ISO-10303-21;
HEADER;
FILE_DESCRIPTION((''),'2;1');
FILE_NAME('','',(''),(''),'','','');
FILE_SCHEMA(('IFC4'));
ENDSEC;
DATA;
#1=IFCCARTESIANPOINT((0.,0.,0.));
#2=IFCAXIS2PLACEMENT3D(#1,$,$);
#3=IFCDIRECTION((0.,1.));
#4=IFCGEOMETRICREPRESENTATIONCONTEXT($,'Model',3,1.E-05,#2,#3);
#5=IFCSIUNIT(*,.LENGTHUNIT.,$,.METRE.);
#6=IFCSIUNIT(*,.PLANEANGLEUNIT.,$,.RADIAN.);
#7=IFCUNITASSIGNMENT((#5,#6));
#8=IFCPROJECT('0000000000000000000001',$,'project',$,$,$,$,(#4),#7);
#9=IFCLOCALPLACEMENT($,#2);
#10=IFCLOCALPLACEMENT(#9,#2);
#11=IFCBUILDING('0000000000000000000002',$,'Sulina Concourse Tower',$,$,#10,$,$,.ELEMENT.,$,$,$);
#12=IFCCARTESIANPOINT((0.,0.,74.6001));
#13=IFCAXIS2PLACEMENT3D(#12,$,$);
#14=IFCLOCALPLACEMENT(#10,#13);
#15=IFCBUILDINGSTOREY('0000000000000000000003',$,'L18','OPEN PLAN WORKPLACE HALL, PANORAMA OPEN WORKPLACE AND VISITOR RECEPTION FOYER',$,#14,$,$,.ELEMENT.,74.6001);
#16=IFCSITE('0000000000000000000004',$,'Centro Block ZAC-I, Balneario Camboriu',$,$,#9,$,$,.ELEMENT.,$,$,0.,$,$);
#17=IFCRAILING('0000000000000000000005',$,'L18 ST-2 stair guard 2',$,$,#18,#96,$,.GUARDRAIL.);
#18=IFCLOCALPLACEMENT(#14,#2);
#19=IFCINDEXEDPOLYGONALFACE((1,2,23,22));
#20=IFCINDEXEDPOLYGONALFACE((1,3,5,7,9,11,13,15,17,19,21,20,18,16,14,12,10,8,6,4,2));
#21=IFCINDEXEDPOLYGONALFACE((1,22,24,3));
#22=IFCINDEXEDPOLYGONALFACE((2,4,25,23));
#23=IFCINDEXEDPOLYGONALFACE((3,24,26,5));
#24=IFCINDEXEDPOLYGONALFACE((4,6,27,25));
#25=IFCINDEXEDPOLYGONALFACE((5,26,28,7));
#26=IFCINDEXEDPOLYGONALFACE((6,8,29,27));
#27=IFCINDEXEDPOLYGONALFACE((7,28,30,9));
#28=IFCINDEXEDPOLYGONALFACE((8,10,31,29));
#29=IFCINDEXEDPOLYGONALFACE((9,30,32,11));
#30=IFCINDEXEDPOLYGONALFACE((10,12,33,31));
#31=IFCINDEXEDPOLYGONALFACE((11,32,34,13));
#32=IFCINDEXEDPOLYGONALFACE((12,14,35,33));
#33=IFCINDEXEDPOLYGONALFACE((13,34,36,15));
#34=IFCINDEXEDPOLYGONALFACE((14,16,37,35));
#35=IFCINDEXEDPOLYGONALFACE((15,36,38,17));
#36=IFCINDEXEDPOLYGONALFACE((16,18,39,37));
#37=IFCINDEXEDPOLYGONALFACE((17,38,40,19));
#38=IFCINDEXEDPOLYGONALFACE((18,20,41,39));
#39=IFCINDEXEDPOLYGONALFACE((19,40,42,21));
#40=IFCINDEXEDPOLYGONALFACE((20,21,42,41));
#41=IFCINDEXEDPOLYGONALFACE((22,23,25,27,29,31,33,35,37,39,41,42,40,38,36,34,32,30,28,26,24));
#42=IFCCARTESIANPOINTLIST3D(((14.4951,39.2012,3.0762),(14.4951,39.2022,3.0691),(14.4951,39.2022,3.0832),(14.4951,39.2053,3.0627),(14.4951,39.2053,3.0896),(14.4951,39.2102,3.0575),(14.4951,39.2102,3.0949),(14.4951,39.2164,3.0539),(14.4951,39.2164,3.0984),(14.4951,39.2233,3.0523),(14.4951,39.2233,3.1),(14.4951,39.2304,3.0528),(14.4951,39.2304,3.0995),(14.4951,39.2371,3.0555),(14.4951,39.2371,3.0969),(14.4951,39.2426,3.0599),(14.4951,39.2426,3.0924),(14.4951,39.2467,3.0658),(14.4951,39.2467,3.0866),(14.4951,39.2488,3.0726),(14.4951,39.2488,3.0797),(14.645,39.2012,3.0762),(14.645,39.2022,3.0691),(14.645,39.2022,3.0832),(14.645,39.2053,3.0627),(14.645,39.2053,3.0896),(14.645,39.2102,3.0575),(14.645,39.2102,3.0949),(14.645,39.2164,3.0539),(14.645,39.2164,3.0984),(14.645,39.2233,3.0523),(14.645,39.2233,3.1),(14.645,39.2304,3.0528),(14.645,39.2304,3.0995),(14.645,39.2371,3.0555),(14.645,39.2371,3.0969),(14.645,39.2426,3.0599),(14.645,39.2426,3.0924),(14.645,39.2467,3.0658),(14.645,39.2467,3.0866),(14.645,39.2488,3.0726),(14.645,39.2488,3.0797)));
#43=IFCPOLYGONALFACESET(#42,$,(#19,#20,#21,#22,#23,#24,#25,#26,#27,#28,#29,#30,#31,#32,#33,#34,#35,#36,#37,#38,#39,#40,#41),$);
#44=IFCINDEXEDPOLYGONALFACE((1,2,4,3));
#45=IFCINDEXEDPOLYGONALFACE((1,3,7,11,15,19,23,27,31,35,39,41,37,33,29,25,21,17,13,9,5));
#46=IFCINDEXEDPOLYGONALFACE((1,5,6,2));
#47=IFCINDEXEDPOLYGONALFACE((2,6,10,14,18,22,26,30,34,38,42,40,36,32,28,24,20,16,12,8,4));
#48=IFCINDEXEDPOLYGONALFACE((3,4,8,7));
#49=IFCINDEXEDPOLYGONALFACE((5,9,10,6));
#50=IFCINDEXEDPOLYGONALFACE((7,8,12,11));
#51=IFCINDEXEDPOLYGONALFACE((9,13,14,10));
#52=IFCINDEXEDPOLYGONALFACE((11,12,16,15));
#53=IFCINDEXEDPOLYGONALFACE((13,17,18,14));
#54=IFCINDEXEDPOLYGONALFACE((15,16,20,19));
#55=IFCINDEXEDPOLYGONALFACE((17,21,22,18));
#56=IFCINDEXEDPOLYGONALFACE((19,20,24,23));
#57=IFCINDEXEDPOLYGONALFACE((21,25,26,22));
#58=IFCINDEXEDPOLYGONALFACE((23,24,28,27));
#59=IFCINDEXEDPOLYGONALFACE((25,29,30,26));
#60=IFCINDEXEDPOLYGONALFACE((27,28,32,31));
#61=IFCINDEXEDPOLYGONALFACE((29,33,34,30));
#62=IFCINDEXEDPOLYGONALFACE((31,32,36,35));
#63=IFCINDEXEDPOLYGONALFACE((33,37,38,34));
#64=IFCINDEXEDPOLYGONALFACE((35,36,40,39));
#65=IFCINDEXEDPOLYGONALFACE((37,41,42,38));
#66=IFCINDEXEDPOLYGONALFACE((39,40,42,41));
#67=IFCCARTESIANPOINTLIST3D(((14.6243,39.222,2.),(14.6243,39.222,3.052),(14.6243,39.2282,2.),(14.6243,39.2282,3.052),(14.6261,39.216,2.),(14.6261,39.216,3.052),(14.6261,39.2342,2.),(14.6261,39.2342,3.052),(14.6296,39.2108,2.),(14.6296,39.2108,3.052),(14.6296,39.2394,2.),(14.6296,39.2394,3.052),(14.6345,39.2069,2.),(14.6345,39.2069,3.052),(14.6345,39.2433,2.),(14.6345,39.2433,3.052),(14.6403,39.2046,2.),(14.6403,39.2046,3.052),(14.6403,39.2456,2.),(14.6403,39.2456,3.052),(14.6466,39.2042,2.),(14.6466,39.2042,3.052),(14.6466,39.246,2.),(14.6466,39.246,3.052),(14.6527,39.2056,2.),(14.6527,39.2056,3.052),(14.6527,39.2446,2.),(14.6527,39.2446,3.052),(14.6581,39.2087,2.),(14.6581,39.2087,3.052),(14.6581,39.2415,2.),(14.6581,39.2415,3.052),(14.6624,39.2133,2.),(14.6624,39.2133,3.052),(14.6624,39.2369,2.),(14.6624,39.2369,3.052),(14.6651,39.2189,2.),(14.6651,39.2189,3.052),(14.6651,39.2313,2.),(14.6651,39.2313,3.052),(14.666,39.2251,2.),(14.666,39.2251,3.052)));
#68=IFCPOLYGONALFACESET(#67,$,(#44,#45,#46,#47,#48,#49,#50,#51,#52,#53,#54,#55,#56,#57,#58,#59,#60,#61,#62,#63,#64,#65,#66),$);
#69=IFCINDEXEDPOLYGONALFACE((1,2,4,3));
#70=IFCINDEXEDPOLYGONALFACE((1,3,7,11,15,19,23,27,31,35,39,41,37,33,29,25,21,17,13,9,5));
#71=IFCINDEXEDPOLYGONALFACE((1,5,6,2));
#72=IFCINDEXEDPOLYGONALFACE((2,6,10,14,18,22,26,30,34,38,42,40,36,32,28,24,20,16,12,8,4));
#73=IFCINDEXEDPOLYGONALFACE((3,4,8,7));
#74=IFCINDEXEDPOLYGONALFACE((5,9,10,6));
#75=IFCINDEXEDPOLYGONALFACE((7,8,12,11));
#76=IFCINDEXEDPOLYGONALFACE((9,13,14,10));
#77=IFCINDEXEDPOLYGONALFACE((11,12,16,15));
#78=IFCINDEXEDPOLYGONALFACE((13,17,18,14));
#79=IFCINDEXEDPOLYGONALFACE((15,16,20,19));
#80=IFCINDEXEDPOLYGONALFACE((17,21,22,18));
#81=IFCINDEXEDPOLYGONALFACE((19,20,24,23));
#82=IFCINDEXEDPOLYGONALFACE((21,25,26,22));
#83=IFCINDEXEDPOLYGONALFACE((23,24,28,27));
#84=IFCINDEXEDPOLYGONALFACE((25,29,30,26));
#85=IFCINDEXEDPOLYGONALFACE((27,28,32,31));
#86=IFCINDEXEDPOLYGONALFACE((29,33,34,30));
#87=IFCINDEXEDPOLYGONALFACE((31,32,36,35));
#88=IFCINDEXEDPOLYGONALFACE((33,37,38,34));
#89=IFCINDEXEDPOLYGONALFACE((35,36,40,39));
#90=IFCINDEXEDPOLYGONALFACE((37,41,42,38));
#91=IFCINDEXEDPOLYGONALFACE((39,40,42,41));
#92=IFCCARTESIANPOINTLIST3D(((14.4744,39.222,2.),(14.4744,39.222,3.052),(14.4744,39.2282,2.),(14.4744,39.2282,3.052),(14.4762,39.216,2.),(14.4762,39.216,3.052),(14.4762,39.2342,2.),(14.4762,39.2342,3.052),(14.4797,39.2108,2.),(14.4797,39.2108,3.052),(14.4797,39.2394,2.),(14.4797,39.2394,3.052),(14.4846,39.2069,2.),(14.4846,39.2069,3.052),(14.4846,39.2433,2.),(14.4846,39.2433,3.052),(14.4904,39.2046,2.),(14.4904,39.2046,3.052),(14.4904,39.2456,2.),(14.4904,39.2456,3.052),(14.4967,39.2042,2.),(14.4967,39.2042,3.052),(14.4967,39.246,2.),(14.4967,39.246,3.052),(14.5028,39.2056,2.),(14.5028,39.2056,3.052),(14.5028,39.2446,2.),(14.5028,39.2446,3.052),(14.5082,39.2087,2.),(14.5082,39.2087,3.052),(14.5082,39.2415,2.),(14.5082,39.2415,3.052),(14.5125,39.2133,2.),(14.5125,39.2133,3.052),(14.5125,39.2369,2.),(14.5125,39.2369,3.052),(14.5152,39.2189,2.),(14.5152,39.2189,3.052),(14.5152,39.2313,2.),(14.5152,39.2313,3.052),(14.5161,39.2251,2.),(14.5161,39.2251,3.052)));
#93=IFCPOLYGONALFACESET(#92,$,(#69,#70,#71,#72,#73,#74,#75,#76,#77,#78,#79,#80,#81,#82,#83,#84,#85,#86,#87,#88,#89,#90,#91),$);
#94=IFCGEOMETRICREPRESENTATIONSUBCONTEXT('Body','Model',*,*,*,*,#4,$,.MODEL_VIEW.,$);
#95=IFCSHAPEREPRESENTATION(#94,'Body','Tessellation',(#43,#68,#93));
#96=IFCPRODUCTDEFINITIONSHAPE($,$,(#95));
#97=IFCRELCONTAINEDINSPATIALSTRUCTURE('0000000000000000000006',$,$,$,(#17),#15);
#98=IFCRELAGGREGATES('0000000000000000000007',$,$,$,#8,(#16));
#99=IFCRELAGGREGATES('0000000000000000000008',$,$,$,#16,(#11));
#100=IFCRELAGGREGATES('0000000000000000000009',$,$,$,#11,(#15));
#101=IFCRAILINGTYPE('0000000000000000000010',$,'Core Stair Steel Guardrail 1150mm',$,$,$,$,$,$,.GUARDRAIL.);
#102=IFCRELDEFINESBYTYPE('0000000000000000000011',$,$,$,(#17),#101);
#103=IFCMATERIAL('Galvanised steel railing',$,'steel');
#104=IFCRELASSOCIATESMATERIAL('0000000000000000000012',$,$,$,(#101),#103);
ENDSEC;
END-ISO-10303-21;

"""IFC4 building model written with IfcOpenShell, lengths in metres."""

from ifc_helpers import new_model, si_unit, direction, frame, origin, origin_2d, place, context, subcontext, project, spatial, circle, extrude, material, type_object, element, save


model = new_model("IFC4")

# Units and contexts
model_context = context("Model", 3, precision=1e-05, world=origin(), true_north=direction((0.0, 1.0)))
body_context = subcontext(model_context, "Body", "Model", "MODEL_VIEW")
ifc_project = project(units=[si_unit("LENGTHUNIT", "METRE"), si_unit("PLANEANGLEUNIT", "RADIAN")], contexts=[model_context])

# Site, building, storey
site_placement = place(None, origin())
site = spatial("IfcSite", under=ifc_project, at=site_placement, Name="Centro Block ZAC-I, Balneario Camboriu", CompositionType="ELEMENT", RefElevation=0.0)
building_placement = place(site_placement, origin())
building = spatial("IfcBuilding", under=site, at=building_placement, Name="Sulina Concourse Tower", CompositionType="ELEMENT")
storey_placement = place(building_placement, frame((0.0, 0.0, 74.6001)))
storey = spatial("IfcBuildingStorey", under=building, at=storey_placement, Name="L18", Description="OPEN PLAN WORKPLACE HALL, PANORAMA OPEN WORKPLACE AND VISITOR RECEPTION FOYER", CompositionType="ELEMENT", Elevation=74.6001)

# Railing
ifc_material_1 = material(Name="Galvanised steel railing", Category="steel")
railing_type_1 = type_object("IfcRailingType", Name="Core Stair Steel Guardrail 1150mm", PredefinedType="GUARDRAIL", material=ifc_material_1)
railing_1_placement = place(storey_placement, frame((14.645, 39.2251, 2.0)))
element("IfcRailing", 1, at=railing_1_placement, inside=storey, type_object=railing_type_1, Name="L18 ST-2 stair guard 2", PredefinedType="GUARDRAIL", context=body_context, shape_type="SweptSolid", body=[
    extrude(circle(Radius=0.0239, at=origin_2d()), frame((0.0, 0.0, 1.0762), z_axis=(-1.0, 0.0, 0.0), x_axis=(0.0, -1.0, 0.0)), (0.0, 0.0, 1.0), 0.1499),
    extrude(circle(Radius=0.021, at=origin_2d()), origin(), (0.0, 0.0, 1.0), 1.052),
    extrude(circle(Radius=0.021, at=origin_2d()), frame((-0.1499, 0.0, 0.0)), (0.0, 0.0, 1.0), 1.052),
])

save(model, "model.ifc")
